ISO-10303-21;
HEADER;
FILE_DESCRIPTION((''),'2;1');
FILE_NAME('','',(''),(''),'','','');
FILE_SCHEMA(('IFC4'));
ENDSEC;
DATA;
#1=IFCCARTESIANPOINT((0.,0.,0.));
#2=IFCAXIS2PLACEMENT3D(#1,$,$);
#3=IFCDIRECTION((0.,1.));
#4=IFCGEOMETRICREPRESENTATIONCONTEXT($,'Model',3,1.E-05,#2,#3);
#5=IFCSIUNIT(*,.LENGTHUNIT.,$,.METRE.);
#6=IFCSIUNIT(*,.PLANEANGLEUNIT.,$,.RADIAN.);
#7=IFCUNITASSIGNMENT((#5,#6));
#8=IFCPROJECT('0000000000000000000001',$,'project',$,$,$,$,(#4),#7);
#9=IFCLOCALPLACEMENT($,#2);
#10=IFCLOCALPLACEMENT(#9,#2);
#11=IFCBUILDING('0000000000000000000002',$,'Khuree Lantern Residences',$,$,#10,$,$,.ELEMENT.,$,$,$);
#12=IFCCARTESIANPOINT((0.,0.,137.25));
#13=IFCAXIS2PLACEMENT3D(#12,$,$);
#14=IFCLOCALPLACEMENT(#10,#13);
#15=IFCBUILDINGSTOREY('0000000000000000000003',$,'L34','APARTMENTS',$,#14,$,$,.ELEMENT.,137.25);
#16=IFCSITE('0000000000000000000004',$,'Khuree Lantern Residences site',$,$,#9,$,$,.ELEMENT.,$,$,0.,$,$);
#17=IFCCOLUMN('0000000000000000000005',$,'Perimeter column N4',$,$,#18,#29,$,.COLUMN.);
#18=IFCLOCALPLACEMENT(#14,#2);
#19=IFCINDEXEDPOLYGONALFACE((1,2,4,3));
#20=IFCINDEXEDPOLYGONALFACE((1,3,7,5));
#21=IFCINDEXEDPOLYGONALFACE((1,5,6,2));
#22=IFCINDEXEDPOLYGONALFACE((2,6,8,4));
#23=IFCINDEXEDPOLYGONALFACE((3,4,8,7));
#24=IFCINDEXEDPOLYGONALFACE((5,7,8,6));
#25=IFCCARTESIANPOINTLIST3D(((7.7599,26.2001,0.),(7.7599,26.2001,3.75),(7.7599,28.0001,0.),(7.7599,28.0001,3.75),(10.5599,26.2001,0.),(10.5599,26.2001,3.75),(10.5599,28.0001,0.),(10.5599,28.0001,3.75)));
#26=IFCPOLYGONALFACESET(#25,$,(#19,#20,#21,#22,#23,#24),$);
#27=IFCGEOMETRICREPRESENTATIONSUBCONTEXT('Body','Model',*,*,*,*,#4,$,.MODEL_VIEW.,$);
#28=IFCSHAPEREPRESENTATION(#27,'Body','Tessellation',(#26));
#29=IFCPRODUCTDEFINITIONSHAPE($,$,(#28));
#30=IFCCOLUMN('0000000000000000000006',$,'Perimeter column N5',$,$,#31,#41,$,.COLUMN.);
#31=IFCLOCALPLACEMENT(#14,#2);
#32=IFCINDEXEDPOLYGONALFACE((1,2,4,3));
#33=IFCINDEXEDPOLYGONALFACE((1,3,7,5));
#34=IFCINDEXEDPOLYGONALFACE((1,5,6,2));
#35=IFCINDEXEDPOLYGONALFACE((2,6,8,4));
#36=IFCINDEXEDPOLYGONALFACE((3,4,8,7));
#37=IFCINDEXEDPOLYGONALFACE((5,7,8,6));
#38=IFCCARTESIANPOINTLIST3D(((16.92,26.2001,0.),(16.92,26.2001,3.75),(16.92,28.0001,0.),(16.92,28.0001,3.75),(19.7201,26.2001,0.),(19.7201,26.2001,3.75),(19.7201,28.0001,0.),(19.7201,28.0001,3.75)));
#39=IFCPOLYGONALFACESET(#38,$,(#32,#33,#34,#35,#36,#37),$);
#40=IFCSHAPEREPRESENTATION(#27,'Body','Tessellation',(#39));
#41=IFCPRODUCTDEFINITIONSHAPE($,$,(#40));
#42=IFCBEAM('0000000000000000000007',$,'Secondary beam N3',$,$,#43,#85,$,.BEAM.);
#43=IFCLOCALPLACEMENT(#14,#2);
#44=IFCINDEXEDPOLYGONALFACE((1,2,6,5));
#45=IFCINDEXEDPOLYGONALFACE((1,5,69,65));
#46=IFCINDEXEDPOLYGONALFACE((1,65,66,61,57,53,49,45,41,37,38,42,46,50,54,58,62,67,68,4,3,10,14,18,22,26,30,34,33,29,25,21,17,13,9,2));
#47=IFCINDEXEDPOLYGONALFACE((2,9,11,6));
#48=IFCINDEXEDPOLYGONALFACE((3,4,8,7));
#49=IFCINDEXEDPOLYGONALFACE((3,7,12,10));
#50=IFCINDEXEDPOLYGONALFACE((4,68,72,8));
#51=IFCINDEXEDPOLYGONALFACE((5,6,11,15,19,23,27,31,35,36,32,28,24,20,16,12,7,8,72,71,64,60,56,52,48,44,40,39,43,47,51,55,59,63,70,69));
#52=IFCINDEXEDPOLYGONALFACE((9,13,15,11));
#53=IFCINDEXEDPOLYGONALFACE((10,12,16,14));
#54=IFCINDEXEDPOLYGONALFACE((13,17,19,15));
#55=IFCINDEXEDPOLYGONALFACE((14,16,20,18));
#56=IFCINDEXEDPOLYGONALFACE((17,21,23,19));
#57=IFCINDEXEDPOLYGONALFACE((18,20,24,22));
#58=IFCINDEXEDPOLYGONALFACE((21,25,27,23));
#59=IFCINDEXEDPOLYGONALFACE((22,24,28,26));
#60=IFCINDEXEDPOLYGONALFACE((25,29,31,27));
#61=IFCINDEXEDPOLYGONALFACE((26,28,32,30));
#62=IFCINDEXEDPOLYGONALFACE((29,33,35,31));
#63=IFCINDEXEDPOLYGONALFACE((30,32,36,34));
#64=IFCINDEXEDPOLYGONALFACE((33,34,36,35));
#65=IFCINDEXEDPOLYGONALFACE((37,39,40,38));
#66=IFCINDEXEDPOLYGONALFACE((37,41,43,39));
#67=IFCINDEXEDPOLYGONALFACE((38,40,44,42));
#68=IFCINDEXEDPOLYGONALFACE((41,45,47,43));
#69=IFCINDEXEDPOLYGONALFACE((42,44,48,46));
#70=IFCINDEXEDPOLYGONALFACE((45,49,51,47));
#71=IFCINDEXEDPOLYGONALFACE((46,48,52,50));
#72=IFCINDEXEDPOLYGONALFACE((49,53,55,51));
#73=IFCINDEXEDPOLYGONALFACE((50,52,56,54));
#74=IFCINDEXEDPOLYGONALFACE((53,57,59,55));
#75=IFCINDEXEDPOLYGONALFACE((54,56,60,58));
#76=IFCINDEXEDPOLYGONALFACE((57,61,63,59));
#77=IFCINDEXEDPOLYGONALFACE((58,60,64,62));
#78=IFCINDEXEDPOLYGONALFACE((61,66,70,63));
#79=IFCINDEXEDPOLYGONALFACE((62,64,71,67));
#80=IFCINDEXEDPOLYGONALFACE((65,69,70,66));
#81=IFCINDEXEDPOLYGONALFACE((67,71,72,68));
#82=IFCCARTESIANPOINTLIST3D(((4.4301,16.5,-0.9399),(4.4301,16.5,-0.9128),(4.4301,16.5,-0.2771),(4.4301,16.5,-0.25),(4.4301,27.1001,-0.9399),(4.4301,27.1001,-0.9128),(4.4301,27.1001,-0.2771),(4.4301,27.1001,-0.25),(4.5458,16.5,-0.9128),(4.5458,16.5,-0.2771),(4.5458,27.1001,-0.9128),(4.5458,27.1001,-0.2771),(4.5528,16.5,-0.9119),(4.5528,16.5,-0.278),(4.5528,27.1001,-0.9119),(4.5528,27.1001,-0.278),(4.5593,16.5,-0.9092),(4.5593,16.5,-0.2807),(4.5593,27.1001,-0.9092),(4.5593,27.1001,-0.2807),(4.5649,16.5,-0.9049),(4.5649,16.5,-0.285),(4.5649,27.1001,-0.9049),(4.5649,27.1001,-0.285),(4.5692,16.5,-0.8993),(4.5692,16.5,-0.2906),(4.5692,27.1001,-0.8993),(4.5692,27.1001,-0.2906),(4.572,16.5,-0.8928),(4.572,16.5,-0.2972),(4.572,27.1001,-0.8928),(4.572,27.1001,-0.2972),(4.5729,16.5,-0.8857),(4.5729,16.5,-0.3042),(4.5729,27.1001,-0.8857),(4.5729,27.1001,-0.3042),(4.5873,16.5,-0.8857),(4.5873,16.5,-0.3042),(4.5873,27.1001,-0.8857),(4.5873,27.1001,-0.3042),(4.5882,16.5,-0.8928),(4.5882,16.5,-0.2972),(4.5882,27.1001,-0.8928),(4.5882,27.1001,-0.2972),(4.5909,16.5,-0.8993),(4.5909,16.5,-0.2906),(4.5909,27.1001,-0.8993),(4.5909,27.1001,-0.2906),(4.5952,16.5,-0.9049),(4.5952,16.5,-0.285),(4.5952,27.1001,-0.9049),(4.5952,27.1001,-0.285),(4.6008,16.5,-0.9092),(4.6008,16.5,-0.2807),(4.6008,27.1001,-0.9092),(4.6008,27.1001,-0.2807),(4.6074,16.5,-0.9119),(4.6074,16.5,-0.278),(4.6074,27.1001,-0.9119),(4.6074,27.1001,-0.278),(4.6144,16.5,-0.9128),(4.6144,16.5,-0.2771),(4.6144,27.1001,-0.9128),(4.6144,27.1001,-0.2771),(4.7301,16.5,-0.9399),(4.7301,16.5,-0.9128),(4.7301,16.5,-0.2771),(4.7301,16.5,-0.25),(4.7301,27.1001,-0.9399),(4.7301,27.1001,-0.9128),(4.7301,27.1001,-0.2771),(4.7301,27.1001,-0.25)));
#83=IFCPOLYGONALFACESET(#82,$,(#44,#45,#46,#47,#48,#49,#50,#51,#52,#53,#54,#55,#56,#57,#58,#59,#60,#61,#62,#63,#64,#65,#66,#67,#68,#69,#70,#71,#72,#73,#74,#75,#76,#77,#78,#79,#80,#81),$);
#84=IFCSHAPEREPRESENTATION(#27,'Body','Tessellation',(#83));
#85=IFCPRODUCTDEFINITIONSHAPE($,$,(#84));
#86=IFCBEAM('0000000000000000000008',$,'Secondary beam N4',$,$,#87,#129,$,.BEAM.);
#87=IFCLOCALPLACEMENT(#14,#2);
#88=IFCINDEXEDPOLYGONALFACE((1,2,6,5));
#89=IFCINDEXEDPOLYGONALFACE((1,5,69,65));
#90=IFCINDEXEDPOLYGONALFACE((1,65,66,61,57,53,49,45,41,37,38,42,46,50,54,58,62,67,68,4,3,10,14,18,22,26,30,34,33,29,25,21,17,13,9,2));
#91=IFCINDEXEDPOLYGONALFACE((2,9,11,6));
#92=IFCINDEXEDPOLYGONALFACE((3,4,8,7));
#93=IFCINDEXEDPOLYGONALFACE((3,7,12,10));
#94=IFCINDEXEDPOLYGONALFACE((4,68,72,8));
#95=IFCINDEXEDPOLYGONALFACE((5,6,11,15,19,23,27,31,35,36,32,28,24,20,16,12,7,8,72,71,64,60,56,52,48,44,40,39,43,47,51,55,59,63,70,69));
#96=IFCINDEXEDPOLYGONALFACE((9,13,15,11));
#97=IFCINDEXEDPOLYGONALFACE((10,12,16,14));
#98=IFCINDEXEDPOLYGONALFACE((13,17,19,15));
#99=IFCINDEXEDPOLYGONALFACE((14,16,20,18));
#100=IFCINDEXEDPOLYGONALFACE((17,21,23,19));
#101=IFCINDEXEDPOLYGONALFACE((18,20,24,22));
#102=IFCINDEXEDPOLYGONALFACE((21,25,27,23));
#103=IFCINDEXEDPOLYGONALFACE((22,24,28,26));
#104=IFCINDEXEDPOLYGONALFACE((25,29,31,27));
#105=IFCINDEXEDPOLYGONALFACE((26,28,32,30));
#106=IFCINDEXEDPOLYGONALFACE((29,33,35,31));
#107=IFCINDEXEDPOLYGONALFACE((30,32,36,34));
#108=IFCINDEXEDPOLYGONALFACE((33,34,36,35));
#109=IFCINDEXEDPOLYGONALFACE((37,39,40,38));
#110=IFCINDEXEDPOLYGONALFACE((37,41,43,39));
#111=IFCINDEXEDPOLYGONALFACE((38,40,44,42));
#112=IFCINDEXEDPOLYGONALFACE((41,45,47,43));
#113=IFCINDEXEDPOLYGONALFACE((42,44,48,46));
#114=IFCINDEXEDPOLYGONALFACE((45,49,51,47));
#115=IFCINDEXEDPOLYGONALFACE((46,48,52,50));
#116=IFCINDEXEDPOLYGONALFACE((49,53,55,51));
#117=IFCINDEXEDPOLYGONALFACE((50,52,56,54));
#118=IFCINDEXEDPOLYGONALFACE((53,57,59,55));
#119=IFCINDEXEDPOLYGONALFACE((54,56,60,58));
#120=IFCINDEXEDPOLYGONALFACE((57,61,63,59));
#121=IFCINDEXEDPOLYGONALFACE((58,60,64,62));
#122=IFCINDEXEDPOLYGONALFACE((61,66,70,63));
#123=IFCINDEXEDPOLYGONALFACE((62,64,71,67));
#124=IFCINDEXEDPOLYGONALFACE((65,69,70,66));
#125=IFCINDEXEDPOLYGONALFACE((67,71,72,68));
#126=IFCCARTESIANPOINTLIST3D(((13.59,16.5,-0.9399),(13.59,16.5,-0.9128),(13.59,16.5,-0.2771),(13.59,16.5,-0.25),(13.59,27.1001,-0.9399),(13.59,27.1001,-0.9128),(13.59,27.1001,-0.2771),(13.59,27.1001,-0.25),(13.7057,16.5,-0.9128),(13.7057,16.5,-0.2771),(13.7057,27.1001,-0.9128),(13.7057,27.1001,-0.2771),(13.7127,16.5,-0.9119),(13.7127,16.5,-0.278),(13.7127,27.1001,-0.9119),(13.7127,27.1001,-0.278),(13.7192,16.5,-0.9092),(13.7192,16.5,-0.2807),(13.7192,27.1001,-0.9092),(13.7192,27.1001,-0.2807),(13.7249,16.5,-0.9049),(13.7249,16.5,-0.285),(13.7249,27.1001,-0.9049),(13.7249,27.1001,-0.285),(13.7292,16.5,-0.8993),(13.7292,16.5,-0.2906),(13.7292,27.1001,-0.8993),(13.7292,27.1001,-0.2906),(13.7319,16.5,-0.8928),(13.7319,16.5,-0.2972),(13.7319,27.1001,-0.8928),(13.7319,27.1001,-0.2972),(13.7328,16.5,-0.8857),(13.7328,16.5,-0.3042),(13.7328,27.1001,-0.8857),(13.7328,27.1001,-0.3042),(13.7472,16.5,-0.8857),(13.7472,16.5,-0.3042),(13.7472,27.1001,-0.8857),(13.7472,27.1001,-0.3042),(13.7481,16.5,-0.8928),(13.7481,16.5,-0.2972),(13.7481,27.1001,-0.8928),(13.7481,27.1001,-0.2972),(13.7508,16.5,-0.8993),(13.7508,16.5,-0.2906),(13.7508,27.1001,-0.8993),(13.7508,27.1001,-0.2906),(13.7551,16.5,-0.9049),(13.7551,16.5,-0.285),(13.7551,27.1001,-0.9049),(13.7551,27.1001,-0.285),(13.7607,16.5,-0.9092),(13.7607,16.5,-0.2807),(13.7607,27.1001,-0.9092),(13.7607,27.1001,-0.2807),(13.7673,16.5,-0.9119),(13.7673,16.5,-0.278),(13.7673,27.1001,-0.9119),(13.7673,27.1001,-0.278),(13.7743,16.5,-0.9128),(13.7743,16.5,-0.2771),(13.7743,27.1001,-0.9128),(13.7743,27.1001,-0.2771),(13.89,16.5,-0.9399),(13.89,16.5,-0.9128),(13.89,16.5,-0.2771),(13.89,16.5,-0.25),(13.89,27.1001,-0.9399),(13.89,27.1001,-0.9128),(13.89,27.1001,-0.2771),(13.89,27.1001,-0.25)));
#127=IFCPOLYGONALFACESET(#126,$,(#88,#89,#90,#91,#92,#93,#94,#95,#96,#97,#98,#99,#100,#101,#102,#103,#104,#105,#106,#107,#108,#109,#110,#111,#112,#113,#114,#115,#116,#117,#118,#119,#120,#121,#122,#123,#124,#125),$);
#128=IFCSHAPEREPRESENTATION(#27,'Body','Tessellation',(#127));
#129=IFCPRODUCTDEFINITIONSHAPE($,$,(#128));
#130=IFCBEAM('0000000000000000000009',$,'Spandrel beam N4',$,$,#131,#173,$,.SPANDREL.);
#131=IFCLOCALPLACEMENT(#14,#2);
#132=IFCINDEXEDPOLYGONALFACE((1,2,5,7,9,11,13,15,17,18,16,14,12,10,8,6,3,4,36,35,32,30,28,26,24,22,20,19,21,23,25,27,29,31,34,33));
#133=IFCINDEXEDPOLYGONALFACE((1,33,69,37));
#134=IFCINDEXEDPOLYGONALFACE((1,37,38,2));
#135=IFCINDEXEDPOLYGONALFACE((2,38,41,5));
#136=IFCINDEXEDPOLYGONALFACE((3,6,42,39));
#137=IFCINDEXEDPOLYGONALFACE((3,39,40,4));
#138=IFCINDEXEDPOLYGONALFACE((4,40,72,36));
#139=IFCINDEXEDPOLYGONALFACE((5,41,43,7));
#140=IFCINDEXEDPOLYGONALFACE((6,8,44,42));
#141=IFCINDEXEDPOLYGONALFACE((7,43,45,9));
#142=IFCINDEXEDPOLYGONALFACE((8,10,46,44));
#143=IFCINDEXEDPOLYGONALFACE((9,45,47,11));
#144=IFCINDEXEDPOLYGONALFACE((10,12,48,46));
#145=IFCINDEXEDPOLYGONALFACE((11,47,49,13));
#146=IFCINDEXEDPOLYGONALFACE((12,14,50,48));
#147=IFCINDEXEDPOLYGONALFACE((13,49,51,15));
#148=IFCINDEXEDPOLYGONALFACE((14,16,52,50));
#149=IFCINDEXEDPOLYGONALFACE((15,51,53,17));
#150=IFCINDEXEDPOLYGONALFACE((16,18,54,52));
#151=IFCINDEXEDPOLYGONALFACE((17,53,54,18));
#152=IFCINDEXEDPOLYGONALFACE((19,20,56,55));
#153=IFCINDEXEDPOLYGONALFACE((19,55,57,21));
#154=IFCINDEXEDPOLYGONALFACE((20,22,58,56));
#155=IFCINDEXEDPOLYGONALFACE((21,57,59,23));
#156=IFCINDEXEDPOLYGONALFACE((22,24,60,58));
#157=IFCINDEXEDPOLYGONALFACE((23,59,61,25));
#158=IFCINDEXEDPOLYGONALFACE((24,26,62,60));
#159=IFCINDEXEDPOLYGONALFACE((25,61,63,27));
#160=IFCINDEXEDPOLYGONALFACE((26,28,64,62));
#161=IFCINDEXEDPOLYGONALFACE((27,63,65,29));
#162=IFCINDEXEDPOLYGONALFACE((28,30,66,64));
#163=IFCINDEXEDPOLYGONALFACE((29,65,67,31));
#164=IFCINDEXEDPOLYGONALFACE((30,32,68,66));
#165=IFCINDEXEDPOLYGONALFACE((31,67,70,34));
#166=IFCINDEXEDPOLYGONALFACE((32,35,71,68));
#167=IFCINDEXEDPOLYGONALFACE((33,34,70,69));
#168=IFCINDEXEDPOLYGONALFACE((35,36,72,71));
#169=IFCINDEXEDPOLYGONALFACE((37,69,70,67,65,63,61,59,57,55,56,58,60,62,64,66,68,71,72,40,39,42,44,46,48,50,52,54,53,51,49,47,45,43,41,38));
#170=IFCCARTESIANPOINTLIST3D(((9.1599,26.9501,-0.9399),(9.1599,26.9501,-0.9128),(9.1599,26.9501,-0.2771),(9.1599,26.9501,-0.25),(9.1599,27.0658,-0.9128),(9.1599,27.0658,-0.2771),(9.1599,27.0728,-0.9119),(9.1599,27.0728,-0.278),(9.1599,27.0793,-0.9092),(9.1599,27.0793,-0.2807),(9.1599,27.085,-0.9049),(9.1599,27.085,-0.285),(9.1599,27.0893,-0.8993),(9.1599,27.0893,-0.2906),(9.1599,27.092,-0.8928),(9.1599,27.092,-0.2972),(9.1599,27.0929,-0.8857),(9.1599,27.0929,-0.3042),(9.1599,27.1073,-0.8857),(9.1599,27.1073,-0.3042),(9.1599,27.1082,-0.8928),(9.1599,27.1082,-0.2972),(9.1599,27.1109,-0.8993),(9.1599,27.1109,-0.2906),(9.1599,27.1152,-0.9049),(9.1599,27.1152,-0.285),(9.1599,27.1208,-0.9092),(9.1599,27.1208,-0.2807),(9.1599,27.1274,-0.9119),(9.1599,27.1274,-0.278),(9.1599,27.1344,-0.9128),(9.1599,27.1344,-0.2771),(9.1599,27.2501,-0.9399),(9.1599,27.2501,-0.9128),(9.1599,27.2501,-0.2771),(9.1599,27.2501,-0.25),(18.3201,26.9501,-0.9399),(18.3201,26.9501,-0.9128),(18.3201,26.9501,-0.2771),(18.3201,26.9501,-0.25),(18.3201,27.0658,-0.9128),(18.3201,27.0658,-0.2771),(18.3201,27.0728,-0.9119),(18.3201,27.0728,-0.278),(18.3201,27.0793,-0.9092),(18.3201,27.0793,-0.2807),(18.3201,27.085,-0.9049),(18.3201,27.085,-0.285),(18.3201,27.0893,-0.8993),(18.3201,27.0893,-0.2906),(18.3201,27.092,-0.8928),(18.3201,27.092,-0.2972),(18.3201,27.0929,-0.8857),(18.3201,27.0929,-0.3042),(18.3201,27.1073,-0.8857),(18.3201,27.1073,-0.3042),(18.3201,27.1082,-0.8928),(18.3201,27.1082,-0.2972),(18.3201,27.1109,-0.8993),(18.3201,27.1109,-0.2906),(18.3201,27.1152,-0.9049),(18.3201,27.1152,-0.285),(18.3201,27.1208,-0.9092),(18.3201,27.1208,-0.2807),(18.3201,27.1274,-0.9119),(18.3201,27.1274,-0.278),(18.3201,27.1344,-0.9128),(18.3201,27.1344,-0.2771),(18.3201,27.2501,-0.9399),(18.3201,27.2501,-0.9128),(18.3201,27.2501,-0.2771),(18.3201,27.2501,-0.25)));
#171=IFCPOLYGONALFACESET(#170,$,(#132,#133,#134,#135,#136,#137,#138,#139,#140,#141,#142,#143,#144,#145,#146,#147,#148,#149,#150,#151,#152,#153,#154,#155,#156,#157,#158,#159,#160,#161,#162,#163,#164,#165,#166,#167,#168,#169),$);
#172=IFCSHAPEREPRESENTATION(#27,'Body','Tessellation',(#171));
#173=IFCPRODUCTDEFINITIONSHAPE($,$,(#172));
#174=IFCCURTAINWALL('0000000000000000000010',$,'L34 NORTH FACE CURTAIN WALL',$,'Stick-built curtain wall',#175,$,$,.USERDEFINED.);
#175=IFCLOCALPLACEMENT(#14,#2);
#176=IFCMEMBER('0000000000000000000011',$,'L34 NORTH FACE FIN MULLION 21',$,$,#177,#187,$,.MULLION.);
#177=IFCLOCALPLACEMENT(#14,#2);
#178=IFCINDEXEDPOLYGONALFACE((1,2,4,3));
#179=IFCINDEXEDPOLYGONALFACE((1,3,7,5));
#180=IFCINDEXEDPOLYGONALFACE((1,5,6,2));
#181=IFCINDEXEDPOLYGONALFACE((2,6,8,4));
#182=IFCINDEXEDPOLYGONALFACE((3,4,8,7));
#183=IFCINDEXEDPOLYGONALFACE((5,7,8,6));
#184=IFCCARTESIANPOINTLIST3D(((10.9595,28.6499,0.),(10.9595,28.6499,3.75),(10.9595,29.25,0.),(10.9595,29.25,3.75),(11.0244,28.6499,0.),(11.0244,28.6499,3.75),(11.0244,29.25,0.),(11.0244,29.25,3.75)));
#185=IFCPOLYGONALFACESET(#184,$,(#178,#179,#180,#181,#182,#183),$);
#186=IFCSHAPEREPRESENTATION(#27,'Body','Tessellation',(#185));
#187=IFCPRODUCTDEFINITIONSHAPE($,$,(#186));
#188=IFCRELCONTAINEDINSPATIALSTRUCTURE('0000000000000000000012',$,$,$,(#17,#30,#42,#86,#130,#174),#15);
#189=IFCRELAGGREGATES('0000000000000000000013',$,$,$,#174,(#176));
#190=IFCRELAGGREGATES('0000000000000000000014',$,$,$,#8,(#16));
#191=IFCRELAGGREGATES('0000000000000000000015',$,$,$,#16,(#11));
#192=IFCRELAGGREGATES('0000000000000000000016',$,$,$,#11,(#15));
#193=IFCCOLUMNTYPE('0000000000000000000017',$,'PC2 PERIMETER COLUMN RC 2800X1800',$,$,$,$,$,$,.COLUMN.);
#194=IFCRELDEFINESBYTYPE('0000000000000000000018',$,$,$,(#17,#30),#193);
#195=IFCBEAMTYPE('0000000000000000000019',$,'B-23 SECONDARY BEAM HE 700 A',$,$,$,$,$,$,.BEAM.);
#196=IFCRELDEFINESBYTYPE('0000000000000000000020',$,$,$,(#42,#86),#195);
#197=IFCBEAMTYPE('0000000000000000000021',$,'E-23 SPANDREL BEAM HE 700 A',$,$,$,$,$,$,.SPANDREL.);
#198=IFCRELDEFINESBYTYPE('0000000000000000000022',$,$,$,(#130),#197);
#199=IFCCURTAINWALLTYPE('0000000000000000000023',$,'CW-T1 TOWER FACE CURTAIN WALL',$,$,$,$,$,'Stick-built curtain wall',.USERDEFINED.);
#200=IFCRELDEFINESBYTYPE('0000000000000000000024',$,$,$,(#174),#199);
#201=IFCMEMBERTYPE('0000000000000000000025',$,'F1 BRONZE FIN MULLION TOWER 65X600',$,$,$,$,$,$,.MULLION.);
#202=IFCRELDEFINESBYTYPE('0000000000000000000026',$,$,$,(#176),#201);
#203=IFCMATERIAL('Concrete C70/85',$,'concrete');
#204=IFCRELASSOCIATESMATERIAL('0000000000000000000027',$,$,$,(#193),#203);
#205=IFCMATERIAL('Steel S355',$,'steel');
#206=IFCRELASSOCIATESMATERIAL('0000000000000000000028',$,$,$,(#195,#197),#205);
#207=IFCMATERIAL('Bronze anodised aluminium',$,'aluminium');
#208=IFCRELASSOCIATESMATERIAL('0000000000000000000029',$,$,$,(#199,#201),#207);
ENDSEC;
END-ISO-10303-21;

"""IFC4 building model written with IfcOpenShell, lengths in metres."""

from ifc_helpers import new_model, si_unit, direction, frame, origin, origin_2d, place, context, subcontext, project, spatial, rectangle, i_section, extrude, material, material_profile, profile_set, type_object, element, aggregate, save


model = new_model("IFC4")

# Units and contexts
model_context = context("Model", 3, precision=1e-05, world=origin(), true_north=direction((0.0, 1.0)))
body_context = subcontext(model_context, "Body", "Model", "MODEL_VIEW")
ifc_project = project(units=[si_unit("LENGTHUNIT", "METRE"), si_unit("PLANEANGLEUNIT", "RADIAN")], contexts=[model_context])

# Site, building, storey
site_placement = place(None, origin())
site = spatial("IfcSite", under=ifc_project, at=site_placement, Name="Khuree Lantern Residences site", CompositionType="ELEMENT", RefElevation=0.0)
building_placement = place(site_placement, origin())
building = spatial("IfcBuilding", under=site, at=building_placement, Name="Khuree Lantern Residences", CompositionType="ELEMENT")
storey_placement = place(building_placement, frame((0.0, 0.0, 137.25)))
storey = spatial("IfcBuildingStorey", under=building, at=storey_placement, Name="L34", Description="APARTMENTS", CompositionType="ELEMENT", Elevation=137.25)

# Columns
ifc_material_1 = material(Name="Concrete C70/85", Category="concrete")
ifc_material_profile_1 = material_profile(ifc_material_1, rectangle(XDim=2.8, YDim=1.8, at=origin_2d()), Name="RC 2800X1800")
ifc_profile_set_1 = profile_set([ifc_material_profile_1], Name="Concrete C70/85")
column_type = type_object("IfcColumnType", Name="PC2 PERIMETER COLUMN RC 2800X1800", PredefinedType="COLUMN", material=ifc_profile_set_1)
for number, where, z_axis, x_axis, name in (
    (1, (9.1599, 27.1001, 0.0), (0.0, 0.0, 1.0), (1.0, 0.0, 0.0), "Perimeter column N4"),
    (2, (18.3201, 27.1001, 0.0), (0.0, 0.0, 1.0), (1.0, 0.0, 0.0), "Perimeter column N5"),
):
    element("IfcColumn", number, at=place(storey_placement, frame(where, z_axis=z_axis, x_axis=x_axis)), inside=storey, type_object=column_type, Name=name, PredefinedType="COLUMN", context=body_context, shape_type="SweptSolid", body=[
        extrude(rectangle(XDim=2.8, YDim=1.8, at=origin_2d()), origin(), (0.0, 0.0, 1.0), 3.75),
    ])

# Beams
ifc_material_2 = material(Name="Steel S355", Category="steel")
ifc_material_profile_2 = material_profile(ifc_material_2, i_section(OverallWidth=0.3, OverallDepth=0.6899, WebThickness=0.0144, FlangeThickness=0.0271, FilletRadius=0.0271, at=origin_2d()), Name="HE 700 A")
ifc_profile_set_2 = profile_set([ifc_material_profile_2], Name="Steel S355")
beam_type_1 = type_object("IfcBeamType", Name="B-23 SECONDARY BEAM HE 700 A", PredefinedType="BEAM", material=ifc_profile_set_2)
for number, where, z_axis, x_axis, name in (
    (3, (4.5801, 27.1001, -0.595), (0.0, -1.0, 0.0), (1.0, 0.0, 0.0), "Secondary beam N3"),
    (4, (13.74, 27.1001, -0.595), (0.0, -1.0, 0.0), (1.0, 0.0, 0.0), "Secondary beam N4"),
):
    element("IfcBeam", number, at=place(storey_placement, frame(where, z_axis=z_axis, x_axis=x_axis)), inside=storey, type_object=beam_type_1, Name=name, PredefinedType="BEAM", context=body_context, shape_type="SweptSolid", body=[
        extrude(i_section(OverallWidth=0.3, OverallDepth=0.6899, WebThickness=0.0144, FlangeThickness=0.0271, FilletRadius=0.0271, at=origin_2d()), origin(), (0.0, 0.0, 1.0), 10.6001),
    ])
ifc_material_profile_3 = material_profile(ifc_material_2, i_section(OverallWidth=0.3, OverallDepth=0.6899, WebThickness=0.0144, FlangeThickness=0.0271, FilletRadius=0.0271, at=origin_2d()), Name="HE 700 A")
ifc_profile_set_3 = profile_set([ifc_material_profile_3], Name="Steel S355")
beam_type_2 = type_object("IfcBeamType", Name="E-23 SPANDREL BEAM HE 700 A", PredefinedType="SPANDREL", material=ifc_profile_set_3)
beam_1_placement = place(storey_placement, frame((9.1599, 27.1001, -0.595), z_axis=(1.0, 0.0, 0.0), x_axis=(0.0, 1.0, 0.0)))
element("IfcBeam", 5, at=beam_1_placement, inside=storey, type_object=beam_type_2, Name="Spandrel beam N4", PredefinedType="SPANDREL", context=body_context, shape_type="SweptSolid", body=[
    extrude(i_section(OverallWidth=0.3, OverallDepth=0.6899, WebThickness=0.0144, FlangeThickness=0.0271, FilletRadius=0.0271, at=origin_2d()), origin(), (0.0, 0.0, 1.0), 9.1602),
])

# Curtain wall, member
ifc_material_3 = material(Name="Bronze anodised aluminium", Category="aluminium")
curtain_wall_type = type_object("IfcCurtainWallType", Name="CW-T1 TOWER FACE CURTAIN WALL", ElementType="Stick-built curtain wall", PredefinedType="USERDEFINED", material=ifc_material_3)
curtain_wall_placement = place(storey_placement, origin())
curtain_wall = element("IfcCurtainWall", 6, at=curtain_wall_placement, inside=storey, type_object=curtain_wall_type, Name="L34 NORTH FACE CURTAIN WALL", ObjectType="Stick-built curtain wall", PredefinedType="USERDEFINED")
ifc_material_profile_4 = material_profile(ifc_material_3, rectangle(XDim=0.0649, YDim=0.6001, at=origin_2d()), Name="F1 65X600")
ifc_profile_set_4 = profile_set([ifc_material_profile_4], Name="Bronze anodised aluminium")
member_type_1 = type_object("IfcMemberType", Name="F1 BRONZE FIN MULLION TOWER 65X600", PredefinedType="MULLION", material=ifc_profile_set_4)
member_1_placement = place(storey_placement, frame((10.9919, 28.95, 0.0), z_axis=(0.0, 0.0, 1.0), x_axis=(-1.0, 0.0, 0.0)))
member_1 = element("IfcMember", 7, at=member_1_placement, type_object=member_type_1, Name="L34 NORTH FACE FIN MULLION 21", PredefinedType="MULLION", context=body_context, shape_type="SweptSolid", body=[
    extrude(rectangle(XDim=0.0649, YDim=0.6001, at=origin_2d()), origin(), (0.0, 0.0, 1.0), 3.75),
])

aggregate(curtain_wall, [member_1])

save(model, "model.ifc")
